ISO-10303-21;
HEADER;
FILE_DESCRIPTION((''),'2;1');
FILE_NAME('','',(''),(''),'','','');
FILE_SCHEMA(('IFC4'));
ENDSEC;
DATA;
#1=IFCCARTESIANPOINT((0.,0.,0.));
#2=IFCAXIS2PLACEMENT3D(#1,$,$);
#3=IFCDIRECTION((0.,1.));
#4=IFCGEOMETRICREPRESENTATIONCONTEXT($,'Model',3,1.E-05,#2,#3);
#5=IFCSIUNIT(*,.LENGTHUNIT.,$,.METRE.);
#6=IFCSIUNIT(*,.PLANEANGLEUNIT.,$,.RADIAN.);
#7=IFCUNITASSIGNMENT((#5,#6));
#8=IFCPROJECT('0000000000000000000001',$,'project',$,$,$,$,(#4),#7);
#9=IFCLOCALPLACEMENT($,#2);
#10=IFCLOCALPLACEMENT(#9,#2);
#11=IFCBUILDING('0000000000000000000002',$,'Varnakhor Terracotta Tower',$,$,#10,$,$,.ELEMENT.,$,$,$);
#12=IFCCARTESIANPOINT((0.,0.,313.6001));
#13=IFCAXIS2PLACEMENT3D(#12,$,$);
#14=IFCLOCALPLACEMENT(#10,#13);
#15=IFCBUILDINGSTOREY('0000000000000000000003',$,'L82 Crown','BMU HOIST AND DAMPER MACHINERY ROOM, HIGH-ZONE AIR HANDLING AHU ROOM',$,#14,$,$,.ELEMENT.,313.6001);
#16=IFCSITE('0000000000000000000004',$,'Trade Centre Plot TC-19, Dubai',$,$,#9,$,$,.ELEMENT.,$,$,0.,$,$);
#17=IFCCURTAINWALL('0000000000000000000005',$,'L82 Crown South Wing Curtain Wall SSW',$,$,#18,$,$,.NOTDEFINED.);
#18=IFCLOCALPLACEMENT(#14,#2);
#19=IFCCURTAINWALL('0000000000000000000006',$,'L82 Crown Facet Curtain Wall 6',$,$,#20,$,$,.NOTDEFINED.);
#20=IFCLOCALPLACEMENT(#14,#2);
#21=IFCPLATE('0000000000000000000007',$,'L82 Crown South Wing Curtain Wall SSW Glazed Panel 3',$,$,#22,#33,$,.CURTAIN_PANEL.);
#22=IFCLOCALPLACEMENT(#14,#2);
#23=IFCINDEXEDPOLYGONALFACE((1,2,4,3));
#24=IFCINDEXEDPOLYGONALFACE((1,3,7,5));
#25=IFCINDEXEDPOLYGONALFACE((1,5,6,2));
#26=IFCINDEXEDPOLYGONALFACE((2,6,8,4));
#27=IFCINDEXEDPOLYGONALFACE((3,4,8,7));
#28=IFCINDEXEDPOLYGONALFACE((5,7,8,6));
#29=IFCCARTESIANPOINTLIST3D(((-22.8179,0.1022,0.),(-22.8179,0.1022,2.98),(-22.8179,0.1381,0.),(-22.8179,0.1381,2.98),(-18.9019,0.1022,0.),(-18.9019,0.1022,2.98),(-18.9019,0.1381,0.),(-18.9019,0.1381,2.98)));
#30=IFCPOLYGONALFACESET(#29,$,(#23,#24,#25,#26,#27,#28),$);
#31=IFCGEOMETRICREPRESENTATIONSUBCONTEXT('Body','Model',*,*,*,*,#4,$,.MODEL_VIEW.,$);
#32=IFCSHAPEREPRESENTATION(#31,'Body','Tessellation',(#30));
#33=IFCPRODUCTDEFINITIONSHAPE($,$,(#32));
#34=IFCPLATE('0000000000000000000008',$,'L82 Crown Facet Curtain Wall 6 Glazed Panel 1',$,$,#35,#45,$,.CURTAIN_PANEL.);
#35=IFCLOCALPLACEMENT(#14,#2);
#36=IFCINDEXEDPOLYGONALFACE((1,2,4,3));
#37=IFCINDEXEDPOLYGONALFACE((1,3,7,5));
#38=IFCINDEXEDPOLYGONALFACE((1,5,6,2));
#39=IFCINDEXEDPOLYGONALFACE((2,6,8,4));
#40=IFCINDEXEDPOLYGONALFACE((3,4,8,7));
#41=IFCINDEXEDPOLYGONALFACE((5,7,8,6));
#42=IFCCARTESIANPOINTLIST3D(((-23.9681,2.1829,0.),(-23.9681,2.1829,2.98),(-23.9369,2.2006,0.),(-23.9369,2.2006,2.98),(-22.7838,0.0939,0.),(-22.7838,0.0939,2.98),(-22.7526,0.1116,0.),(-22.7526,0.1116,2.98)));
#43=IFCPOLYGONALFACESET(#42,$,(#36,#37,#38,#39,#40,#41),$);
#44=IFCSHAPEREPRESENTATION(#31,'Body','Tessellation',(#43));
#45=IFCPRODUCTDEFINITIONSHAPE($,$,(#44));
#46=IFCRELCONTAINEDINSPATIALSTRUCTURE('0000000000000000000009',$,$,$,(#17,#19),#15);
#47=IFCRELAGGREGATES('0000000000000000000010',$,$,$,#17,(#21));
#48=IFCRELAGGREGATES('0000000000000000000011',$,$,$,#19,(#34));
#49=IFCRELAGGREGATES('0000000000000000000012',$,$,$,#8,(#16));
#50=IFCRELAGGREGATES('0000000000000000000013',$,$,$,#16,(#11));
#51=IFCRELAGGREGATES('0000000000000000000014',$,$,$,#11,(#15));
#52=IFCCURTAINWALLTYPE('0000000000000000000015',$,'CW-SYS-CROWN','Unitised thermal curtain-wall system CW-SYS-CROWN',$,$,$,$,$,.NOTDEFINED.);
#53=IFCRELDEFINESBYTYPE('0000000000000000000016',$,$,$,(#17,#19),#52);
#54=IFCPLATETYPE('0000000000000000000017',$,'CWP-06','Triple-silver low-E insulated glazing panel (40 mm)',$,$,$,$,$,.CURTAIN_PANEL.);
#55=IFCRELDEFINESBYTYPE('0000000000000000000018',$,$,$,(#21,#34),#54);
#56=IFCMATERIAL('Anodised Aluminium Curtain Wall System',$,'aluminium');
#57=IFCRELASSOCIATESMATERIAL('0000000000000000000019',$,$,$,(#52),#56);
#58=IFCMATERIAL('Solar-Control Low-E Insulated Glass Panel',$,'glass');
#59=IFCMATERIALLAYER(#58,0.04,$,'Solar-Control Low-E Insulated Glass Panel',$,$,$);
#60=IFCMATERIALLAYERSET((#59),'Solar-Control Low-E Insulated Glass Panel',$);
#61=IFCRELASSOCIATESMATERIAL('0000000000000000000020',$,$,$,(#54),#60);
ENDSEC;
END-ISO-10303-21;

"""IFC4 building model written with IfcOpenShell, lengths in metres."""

from ifc_helpers import new_model, si_unit, direction, frame, origin, origin_2d, place, context, subcontext, project, spatial, rectangle, extrude, source, transform, mapped, material, layer, layer_set, type_object, element, aggregate, save


model = new_model("IFC4")

# Units and contexts
model_context = context("Model", 3, precision=1e-05, world=origin(), true_north=direction((0.0, 1.0)))
body_context = subcontext(model_context, "Body", "Model", "MODEL_VIEW")
ifc_project = project(units=[si_unit("LENGTHUNIT", "METRE"), si_unit("PLANEANGLEUNIT", "RADIAN")], contexts=[model_context])

# Site, building, storey
site_placement = place(None, origin())
site = spatial("IfcSite", under=ifc_project, at=site_placement, Name="Trade Centre Plot TC-19, Dubai", CompositionType="ELEMENT", RefElevation=0.0)
building_placement = place(site_placement, origin())
building = spatial("IfcBuilding", under=site, at=building_placement, Name="Varnakhor Terracotta Tower", CompositionType="ELEMENT")
storey_placement = place(building_placement, frame((0.0, 0.0, 313.6001)))
storey = spatial("IfcBuildingStorey", under=building, at=storey_placement, Name="L82 Crown", Description="BMU HOIST AND DAMPER MACHINERY ROOM, HIGH-ZONE AIR HANDLING AHU ROOM", CompositionType="ELEMENT", Elevation=313.6001)

# Curtain wall
ifc_material_1 = material(Name="Anodised Aluminium Curtain Wall System", Category="aluminium")
curtain_wall_type = type_object("IfcCurtainWallType", Name="CW-SYS-CROWN", Description="Unitised thermal curtain-wall system CW-SYS-CROWN", PredefinedType="NOTDEFINED", material=ifc_material_1)
curtain_wall_1_placement = place(storey_placement, origin())
curtain_wall_1 = element("IfcCurtainWall", 1, at=curtain_wall_1_placement, inside=storey, type_object=curtain_wall_type, Name="L82 Crown South Wing Curtain Wall SSW", PredefinedType="NOTDEFINED")

# Curtain wall
curtain_wall_2_placement = place(storey_placement, origin())
curtain_wall_2 = element("IfcCurtainWall", 2, at=curtain_wall_2_placement, inside=storey, type_object=curtain_wall_type, Name="L82 Crown Facet Curtain Wall 6", PredefinedType="NOTDEFINED")

# Plates
ifc_material_2 = material(Name="Solar-Control Low-E Insulated Glass Panel", Category="glass")
ifc_layer = layer(ifc_material_2, 0.04, Name="Solar-Control Low-E Insulated Glass Panel")
ifc_layer_set = layer_set([ifc_layer], Name="Solar-Control Low-E Insulated Glass Panel")
plate_type = type_object("IfcPlateType", Name="CWP-06", Description="Triple-silver low-E insulated glazing panel (40 mm)", PredefinedType="CURTAIN_PANEL", material=ifc_layer_set)
shared_shape_1 = source(origin(), body_context, "Body", "SweptSolid", [
    extrude(rectangle(XDim=3.916, YDim=0.0359, at=origin_2d()), origin(), (0.0, 0.0, 1.0), 2.98),
])
plate_1_placement = place(storey_placement, frame((-20.8599, 0.1201, 0.0), z_axis=(0.0, 0.0, 1.0), x_axis=(-1.0, 0.0, 0.0)))
plate_1 = element("IfcPlate", 3, at=plate_1_placement, type_object=plate_type, Name="L82 Crown South Wing Curtain Wall SSW Glazed Panel 3", PredefinedType="CURTAIN_PANEL", context=body_context, shape_type="MappedRepresentation", body=[
    mapped(shared_shape_1, transform((0.0, 0.0, 0.0), scale=1.0)),
])
aggregate(curtain_wall_1, [plate_1])
shared_shape_2 = source(origin(), body_context, "Body", "SweptSolid", [
    extrude(rectangle(XDim=2.4014, YDim=0.0359, at=origin_2d()), origin(), (0.0, 0.0, 1.0), 2.98),
])
plate_2_placement = place(storey_placement, frame((-23.3604, 1.1472, 0.0), z_axis=(0.0, 0.0, 1.0), x_axis=(-0.493168, 0.869934, 0.0)))
plate_2 = element("IfcPlate", 4, at=plate_2_placement, type_object=plate_type, Name="L82 Crown Facet Curtain Wall 6 Glazed Panel 1", PredefinedType="CURTAIN_PANEL", context=body_context, shape_type="MappedRepresentation", body=[
    mapped(shared_shape_2, transform((0.0, 0.0, 0.0), scale=1.0)),
])
aggregate(curtain_wall_2, [plate_2])

save(model, "model.ifc")
